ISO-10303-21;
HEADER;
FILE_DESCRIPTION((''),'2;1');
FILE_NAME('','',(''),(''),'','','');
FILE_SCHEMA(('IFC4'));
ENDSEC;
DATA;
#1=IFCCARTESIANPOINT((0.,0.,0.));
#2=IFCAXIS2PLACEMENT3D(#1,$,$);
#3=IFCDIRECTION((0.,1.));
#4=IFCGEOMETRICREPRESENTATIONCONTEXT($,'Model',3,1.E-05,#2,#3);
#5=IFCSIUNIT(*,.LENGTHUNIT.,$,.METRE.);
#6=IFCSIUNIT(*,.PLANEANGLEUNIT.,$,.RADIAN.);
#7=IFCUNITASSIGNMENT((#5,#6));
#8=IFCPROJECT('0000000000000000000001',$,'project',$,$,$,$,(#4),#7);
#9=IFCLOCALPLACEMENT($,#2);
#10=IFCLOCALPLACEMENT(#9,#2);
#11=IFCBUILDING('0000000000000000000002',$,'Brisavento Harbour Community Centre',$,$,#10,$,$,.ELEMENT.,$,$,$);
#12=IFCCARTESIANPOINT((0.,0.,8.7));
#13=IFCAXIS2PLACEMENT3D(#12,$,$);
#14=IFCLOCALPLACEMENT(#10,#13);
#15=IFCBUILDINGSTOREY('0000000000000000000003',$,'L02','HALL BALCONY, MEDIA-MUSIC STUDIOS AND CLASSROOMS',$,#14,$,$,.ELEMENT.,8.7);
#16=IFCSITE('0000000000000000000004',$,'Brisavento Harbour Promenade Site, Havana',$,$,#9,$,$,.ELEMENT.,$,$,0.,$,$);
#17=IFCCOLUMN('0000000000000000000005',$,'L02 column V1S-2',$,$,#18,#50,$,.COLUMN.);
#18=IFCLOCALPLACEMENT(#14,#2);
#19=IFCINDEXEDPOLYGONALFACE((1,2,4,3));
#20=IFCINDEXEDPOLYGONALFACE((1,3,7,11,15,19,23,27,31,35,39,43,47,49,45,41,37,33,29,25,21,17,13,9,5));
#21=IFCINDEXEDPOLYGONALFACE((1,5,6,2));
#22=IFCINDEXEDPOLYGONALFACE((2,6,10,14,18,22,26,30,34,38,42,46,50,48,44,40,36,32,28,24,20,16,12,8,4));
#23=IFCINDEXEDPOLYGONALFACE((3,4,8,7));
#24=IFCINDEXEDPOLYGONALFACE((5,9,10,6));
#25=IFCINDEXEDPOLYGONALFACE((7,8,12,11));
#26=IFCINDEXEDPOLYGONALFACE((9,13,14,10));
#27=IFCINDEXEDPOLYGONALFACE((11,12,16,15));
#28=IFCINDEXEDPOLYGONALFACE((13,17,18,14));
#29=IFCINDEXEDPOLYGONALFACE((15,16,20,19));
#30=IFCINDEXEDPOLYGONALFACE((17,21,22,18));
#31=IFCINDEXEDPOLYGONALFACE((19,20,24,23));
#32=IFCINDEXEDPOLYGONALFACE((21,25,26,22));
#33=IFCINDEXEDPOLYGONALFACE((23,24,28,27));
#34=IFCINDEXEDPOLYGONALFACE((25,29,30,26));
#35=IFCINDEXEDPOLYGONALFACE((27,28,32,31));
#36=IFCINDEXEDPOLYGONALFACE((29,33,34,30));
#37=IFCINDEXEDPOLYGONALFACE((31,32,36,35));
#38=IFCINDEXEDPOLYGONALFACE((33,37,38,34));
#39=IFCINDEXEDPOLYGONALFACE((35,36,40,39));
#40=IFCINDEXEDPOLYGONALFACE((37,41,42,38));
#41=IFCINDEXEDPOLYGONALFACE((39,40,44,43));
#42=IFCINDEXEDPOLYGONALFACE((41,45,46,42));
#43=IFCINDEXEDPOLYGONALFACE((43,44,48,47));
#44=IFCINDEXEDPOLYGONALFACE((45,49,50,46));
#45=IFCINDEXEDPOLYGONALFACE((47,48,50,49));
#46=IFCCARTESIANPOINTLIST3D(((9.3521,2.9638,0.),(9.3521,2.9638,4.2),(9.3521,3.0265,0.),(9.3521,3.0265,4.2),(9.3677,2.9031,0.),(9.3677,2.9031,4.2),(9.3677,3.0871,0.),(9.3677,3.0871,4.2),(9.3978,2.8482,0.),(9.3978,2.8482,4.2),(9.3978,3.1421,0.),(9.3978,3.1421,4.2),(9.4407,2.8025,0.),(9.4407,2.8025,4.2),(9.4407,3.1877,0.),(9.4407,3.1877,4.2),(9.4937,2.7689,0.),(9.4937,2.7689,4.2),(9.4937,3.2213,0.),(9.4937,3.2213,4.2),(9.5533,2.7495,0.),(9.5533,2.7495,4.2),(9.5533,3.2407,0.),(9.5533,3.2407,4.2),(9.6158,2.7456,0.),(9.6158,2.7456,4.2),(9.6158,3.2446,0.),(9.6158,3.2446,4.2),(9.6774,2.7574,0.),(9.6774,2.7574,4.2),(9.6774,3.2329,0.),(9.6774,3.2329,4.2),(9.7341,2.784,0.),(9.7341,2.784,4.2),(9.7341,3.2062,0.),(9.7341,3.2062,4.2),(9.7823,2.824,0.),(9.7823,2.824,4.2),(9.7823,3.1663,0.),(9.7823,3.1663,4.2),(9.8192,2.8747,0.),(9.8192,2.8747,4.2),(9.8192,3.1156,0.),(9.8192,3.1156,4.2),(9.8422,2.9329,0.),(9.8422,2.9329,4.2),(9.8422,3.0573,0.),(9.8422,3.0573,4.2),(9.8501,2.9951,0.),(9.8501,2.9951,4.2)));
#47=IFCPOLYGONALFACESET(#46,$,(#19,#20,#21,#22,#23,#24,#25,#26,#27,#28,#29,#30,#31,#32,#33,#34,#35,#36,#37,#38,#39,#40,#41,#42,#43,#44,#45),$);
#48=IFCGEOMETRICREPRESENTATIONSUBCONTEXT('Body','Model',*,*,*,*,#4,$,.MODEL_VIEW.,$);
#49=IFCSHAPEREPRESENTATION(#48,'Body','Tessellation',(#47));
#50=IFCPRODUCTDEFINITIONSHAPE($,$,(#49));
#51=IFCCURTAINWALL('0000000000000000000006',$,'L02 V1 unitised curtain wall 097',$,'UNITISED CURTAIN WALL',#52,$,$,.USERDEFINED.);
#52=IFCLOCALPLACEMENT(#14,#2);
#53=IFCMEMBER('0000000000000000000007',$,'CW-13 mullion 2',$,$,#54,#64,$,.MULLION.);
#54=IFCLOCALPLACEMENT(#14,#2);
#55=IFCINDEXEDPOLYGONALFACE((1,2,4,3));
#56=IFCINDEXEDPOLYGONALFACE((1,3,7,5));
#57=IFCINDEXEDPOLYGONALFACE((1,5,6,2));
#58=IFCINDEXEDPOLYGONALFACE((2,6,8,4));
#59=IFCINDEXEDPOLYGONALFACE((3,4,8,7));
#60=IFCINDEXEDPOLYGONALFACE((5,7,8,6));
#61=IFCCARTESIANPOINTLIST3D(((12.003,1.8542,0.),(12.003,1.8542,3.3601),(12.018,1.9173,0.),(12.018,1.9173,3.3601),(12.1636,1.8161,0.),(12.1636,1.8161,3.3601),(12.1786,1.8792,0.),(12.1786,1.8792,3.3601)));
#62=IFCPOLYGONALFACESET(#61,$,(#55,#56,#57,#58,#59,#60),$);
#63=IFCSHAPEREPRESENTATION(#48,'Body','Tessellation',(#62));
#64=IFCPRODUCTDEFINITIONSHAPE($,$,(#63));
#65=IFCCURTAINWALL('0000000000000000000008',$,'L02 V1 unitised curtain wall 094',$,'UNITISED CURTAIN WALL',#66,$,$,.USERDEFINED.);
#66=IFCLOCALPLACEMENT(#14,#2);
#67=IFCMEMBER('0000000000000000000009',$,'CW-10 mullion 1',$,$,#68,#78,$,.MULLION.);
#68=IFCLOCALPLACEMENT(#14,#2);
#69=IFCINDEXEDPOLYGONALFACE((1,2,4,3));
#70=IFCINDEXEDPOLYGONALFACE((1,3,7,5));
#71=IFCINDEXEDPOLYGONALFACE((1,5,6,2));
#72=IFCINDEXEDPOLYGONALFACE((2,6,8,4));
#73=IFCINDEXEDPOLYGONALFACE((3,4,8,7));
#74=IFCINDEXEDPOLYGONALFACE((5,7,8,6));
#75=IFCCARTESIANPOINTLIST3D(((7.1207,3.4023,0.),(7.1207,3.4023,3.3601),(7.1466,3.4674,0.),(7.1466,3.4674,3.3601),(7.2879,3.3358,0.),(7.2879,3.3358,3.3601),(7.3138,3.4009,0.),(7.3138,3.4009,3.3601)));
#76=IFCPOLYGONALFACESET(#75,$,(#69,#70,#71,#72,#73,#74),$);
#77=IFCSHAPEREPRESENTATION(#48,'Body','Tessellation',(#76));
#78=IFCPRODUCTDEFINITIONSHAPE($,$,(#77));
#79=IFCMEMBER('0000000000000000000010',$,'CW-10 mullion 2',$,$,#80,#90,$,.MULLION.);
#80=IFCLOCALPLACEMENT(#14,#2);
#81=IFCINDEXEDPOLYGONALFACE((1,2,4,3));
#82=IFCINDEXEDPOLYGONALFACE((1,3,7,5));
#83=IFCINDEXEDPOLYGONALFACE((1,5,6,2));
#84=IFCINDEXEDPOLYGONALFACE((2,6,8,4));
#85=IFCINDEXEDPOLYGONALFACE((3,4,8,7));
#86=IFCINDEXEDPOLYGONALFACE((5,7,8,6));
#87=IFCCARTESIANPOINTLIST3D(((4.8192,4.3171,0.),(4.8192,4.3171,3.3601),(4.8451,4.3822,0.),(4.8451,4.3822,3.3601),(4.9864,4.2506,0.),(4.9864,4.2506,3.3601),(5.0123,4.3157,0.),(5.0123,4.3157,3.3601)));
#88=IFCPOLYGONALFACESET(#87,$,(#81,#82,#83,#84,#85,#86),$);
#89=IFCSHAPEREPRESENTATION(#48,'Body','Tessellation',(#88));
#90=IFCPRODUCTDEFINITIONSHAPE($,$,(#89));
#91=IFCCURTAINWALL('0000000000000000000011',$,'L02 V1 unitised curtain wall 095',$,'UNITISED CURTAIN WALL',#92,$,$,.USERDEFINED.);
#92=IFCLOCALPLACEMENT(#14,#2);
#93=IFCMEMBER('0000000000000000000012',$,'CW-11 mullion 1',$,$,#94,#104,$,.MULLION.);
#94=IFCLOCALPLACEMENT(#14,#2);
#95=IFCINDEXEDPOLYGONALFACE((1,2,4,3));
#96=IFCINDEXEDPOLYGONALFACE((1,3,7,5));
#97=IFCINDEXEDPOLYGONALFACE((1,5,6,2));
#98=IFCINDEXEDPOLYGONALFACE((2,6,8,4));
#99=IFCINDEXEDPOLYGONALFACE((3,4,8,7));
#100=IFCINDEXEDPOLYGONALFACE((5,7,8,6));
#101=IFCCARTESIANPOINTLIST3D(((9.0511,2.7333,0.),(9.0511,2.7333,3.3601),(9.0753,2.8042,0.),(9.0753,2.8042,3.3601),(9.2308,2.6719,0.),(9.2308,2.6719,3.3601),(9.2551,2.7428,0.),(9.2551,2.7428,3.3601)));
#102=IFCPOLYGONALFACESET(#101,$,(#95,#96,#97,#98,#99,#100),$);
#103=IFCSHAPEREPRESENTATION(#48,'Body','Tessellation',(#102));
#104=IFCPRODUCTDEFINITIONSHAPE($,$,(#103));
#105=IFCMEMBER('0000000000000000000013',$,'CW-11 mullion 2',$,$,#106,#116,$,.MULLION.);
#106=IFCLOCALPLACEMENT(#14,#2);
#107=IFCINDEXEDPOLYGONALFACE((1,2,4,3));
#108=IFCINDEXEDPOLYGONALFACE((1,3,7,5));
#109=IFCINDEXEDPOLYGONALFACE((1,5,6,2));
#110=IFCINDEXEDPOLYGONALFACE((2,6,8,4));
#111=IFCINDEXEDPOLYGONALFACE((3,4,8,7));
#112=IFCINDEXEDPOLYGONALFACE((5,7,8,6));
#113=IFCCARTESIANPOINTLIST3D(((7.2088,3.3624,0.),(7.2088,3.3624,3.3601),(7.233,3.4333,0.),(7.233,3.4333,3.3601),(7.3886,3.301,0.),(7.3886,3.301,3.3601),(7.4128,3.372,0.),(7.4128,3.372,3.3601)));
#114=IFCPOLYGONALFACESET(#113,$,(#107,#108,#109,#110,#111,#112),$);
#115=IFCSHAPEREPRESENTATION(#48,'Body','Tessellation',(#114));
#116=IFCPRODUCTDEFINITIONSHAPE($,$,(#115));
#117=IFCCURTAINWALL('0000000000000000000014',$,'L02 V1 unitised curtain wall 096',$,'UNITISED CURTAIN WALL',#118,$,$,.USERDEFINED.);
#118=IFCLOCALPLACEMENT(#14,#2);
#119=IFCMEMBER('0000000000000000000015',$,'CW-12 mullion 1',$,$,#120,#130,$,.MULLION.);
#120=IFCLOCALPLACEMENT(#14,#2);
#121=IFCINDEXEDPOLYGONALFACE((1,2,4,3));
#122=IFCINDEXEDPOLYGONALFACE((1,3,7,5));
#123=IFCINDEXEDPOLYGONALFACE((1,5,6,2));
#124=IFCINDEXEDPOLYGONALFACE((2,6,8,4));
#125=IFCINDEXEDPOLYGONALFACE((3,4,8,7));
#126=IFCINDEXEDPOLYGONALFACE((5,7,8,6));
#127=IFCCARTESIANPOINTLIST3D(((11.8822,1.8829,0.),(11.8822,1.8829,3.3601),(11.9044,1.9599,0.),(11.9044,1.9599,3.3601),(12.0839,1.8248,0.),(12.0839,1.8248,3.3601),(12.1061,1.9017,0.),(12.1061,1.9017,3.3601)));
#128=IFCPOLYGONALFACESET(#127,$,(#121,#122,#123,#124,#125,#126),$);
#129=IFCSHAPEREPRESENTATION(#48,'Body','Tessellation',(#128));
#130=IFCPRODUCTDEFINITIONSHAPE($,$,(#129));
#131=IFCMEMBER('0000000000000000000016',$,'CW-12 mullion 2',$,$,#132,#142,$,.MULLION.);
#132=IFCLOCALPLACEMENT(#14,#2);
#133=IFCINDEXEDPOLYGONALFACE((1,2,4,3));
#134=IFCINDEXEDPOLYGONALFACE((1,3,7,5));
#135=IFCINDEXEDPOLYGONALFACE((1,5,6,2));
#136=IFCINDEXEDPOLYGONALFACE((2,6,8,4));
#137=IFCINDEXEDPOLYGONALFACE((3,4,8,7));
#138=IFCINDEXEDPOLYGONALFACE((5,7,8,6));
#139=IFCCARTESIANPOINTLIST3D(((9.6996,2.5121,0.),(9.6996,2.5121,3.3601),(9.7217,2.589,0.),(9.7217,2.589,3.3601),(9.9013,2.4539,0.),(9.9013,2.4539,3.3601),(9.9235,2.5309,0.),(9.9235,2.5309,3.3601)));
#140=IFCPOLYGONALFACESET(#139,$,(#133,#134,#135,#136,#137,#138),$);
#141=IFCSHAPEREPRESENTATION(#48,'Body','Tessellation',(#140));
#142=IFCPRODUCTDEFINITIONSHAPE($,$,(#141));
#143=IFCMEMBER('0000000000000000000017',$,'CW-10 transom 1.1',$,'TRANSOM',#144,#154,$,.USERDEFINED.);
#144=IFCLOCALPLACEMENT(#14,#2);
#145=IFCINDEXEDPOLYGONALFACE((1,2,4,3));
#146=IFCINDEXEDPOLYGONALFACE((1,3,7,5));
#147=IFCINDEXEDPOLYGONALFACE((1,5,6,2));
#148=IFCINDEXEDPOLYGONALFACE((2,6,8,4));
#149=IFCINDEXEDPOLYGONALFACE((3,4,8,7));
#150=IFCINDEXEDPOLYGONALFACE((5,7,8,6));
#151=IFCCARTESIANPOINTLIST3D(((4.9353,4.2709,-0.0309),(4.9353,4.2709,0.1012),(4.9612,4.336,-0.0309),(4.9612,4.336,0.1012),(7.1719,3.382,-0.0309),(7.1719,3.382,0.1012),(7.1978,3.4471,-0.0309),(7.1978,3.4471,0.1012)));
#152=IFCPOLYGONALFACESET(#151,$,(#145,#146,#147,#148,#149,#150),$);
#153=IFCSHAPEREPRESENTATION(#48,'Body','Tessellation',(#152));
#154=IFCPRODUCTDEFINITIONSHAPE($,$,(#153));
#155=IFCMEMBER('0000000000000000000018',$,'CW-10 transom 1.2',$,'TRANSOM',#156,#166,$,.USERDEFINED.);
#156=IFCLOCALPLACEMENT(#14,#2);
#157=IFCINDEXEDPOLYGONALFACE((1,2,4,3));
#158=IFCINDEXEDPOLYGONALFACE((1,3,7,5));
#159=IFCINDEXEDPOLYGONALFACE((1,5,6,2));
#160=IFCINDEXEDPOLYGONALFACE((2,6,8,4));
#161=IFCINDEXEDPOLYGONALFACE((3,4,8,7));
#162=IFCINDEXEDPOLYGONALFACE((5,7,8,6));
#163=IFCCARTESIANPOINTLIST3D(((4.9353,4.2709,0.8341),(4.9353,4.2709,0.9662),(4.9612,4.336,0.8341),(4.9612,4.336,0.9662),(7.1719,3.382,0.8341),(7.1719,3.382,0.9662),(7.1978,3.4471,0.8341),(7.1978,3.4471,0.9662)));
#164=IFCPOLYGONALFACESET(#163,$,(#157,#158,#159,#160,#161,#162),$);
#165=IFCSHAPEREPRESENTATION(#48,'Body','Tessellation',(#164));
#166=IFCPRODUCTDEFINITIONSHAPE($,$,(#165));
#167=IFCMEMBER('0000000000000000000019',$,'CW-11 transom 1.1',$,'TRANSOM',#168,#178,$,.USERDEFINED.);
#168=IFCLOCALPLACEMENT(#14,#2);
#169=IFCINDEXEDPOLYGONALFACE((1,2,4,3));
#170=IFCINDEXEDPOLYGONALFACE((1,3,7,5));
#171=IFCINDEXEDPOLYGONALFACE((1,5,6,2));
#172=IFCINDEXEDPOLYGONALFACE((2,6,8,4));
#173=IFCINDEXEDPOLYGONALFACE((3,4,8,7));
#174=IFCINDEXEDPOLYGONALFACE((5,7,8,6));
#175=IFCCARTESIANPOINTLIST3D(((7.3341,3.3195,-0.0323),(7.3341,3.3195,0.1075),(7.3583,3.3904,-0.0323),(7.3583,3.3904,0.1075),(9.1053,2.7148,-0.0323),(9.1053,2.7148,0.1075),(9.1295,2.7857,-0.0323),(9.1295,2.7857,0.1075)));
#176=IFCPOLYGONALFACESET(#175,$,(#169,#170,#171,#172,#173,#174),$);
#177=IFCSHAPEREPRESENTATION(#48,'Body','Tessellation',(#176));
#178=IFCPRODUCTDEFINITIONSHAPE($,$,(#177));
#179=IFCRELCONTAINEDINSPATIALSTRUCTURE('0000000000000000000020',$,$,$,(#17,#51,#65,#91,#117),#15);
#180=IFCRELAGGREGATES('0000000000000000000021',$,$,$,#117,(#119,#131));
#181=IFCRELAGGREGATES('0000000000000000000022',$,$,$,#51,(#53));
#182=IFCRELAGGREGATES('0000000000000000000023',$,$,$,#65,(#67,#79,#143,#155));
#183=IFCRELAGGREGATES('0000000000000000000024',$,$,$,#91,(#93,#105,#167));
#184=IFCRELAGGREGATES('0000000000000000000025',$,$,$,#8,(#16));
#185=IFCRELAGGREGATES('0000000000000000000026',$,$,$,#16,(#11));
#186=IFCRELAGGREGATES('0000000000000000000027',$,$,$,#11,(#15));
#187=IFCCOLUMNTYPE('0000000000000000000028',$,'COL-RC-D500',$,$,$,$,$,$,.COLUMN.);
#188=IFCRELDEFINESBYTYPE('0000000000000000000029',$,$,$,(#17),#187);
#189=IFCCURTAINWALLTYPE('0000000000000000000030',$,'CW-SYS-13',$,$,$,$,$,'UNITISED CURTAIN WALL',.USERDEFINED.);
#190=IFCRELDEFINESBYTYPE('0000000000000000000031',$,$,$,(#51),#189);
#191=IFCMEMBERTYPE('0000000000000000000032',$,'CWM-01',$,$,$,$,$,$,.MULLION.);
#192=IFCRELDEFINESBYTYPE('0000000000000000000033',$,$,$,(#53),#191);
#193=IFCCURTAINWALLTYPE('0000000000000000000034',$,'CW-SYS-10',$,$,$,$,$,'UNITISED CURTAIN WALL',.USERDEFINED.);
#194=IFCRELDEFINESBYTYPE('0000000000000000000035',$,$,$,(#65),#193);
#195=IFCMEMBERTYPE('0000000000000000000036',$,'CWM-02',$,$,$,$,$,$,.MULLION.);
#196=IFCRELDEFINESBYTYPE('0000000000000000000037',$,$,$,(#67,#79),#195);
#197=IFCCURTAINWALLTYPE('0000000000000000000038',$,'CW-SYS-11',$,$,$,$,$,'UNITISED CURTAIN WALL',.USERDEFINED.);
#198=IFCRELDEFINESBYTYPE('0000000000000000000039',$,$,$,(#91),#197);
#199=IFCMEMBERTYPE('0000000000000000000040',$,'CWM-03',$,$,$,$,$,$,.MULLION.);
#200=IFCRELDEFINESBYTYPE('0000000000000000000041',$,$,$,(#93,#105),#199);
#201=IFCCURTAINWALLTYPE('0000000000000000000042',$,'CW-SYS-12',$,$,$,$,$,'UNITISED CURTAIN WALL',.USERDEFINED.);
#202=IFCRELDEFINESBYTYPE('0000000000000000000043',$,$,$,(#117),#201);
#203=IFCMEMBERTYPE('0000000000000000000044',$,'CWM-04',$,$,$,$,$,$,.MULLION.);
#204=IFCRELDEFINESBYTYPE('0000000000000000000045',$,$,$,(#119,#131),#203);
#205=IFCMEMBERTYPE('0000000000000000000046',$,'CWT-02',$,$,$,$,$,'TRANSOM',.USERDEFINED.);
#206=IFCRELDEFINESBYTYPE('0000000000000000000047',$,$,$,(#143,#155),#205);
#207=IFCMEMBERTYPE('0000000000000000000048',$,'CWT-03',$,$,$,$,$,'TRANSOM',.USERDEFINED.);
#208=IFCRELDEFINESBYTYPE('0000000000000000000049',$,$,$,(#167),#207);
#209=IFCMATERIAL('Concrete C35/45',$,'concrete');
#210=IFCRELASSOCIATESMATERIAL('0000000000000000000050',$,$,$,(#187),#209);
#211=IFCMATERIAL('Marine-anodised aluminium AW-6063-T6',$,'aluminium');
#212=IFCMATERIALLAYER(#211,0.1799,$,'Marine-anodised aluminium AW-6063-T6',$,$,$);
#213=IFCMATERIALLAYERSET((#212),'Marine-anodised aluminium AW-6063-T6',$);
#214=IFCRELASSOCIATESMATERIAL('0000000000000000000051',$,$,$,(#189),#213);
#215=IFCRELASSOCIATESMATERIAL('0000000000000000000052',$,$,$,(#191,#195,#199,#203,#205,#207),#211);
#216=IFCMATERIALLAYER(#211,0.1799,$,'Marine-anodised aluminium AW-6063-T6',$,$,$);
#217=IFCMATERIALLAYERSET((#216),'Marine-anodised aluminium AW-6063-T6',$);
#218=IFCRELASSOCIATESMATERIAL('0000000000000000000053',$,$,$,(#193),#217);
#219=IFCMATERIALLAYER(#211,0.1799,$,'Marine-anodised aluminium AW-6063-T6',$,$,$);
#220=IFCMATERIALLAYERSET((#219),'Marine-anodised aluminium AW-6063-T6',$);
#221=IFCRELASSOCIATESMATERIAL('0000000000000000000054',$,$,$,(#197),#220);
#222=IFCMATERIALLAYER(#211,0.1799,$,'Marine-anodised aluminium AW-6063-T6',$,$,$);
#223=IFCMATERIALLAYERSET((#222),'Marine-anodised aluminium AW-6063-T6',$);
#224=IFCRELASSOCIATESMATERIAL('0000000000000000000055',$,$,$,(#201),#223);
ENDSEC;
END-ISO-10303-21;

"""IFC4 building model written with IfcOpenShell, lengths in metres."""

from ifc_helpers import new_model, si_unit, direction, frame, origin, origin_2d, place, context, subcontext, project, spatial, rectangle, circle, extrude, material, layer, layer_set, material_profile, profile_set, type_object, element, aggregate, save


model = new_model("IFC4")

# Units and contexts
model_context = context("Model", 3, precision=1e-05, world=origin(), true_north=direction((0.0, 1.0)))
body_context = subcontext(model_context, "Body", "Model", "MODEL_VIEW")
ifc_project = project(units=[si_unit("LENGTHUNIT", "METRE"), si_unit("PLANEANGLEUNIT", "RADIAN")], contexts=[model_context])

# Site, building, storey
site_placement = place(None, origin())
site = spatial("IfcSite", under=ifc_project, at=site_placement, Name="Brisavento Harbour Promenade Site, Havana", CompositionType="ELEMENT", RefElevation=0.0)
building_placement = place(site_placement, origin())
building = spatial("IfcBuilding", under=site, at=building_placement, Name="Brisavento Harbour Community Centre", CompositionType="ELEMENT")
storey_placement = place(building_placement, frame((0.0, 0.0, 8.7)))
storey = spatial("IfcBuildingStorey", under=building, at=storey_placement, Name="L02", Description="HALL BALCONY, MEDIA-MUSIC STUDIOS AND CLASSROOMS", CompositionType="ELEMENT", Elevation=8.7)

# Column
ifc_material_1 = material(Name="Concrete C35/45", Category="concrete")
ifc_material_profile_1 = material_profile(ifc_material_1, circle(Radius=0.25, at=origin_2d()), Name="Concrete C35/45")
ifc_profile_set_1 = profile_set([ifc_material_profile_1], Name="Concrete C35/45")
column_type = type_object("IfcColumnType", Name="COL-RC-D500", PredefinedType="COLUMN", material=ifc_profile_set_1)
column_placement = place(storey_placement, frame((9.6001, 2.9951, 0.0), z_axis=(0.0, 0.0, 1.0), x_axis=(1.0, 0.0, 0.0)))
element("IfcColumn", 1, at=column_placement, inside=storey, type_object=column_type, Name="L02 column V1S-2", PredefinedType="COLUMN", context=body_context, shape_type="SweptSolid", body=[
    extrude(circle(Radius=0.25, at=origin_2d()), origin(), (0.0, 0.0, 1.0), 4.2),
])

# Curtain wall, member
ifc_material_2 = material(Name="Marine-anodised aluminium AW-6063-T6", Category="aluminium")
ifc_layer_1 = layer(ifc_material_2, 0.1799, Name="Marine-anodised aluminium AW-6063-T6")
ifc_layer_set_1 = layer_set([ifc_layer_1], Name="Marine-anodised aluminium AW-6063-T6")
curtain_wall_type_1 = type_object("IfcCurtainWallType", Name="CW-SYS-13", ElementType="UNITISED CURTAIN WALL", PredefinedType="USERDEFINED", material=ifc_layer_set_1)
curtain_wall_1_placement = place(storey_placement, origin())
curtain_wall_1 = element("IfcCurtainWall", 2, at=curtain_wall_1_placement, inside=storey, type_object=curtain_wall_type_1, Name="L02 V1 unitised curtain wall 097", ObjectType="UNITISED CURTAIN WALL", PredefinedType="USERDEFINED")
ifc_material_profile_2 = material_profile(ifc_material_2, rectangle(XDim=0.0649, YDim=0.165, at=origin_2d()), Name="Marine-anodised aluminium AW-6063-T6")
ifc_profile_set_2 = profile_set([ifc_material_profile_2], Name="Marine-anodised aluminium AW-6063-T6")
member_type_1 = type_object("IfcMemberType", Name="CWM-01", PredefinedType="MULLION", material=ifc_profile_set_2)
member_1_placement = place(storey_placement, frame((12.0908, 1.8667, 0.0), z_axis=(0.0, 0.0, 1.0), x_axis=(-0.230812, -0.972998, 0.0)))
member_1 = element("IfcMember", 3, at=member_1_placement, type_object=member_type_1, Name="CW-13 mullion 2", PredefinedType="MULLION", context=body_context, shape_type="SweptSolid", body=[
    extrude(rectangle(XDim=0.0649, YDim=0.165, at=origin_2d()), origin(), (0.0, 0.0, 1.0), 3.3601),
])

# Curtain walls, members
ifc_layer_2 = layer(ifc_material_2, 0.1799, Name="Marine-anodised aluminium AW-6063-T6")
ifc_layer_set_2 = layer_set([ifc_layer_2], Name="Marine-anodised aluminium AW-6063-T6")
curtain_wall_type_2 = type_object("IfcCurtainWallType", Name="CW-SYS-10", ElementType="UNITISED CURTAIN WALL", PredefinedType="USERDEFINED", material=ifc_layer_set_2)
curtain_wall_2_placement = place(storey_placement, origin())
curtain_wall_2 = element("IfcCurtainWall", 4, at=curtain_wall_2_placement, inside=storey, type_object=curtain_wall_type_2, Name="L02 V1 unitised curtain wall 094", ObjectType="UNITISED CURTAIN WALL", PredefinedType="USERDEFINED")
ifc_material_profile_3 = material_profile(ifc_material_2, rectangle(XDim=0.0701, YDim=0.1799, at=origin_2d()), Name="Marine-anodised aluminium AW-6063-T6")
ifc_profile_set_3 = profile_set([ifc_material_profile_3], Name="Marine-anodised aluminium AW-6063-T6")
member_type_2 = type_object("IfcMemberType", Name="CWM-02", PredefinedType="MULLION", material=ifc_profile_set_3)
member_2_placement = place(storey_placement, frame((7.2173, 3.4016, 0.0), z_axis=(0.0, 0.0, 1.0), x_axis=(-0.369379, -0.929279, 0.0)))
member_2 = element("IfcMember", 5, at=member_2_placement, type_object=member_type_2, Name="CW-10 mullion 1", PredefinedType="MULLION", context=body_context, shape_type="SweptSolid", body=[
    extrude(rectangle(XDim=0.0701, YDim=0.1799, at=origin_2d()), origin(), (0.0, 0.0, 1.0), 3.3601),
])
member_3_placement = place(storey_placement, frame((4.9158, 4.3164, 0.0), z_axis=(0.0, 0.0, 1.0), x_axis=(-0.369379, -0.929279, 0.0)))
member_3 = element("IfcMember", 6, at=member_3_placement, type_object=member_type_2, Name="CW-10 mullion 2", PredefinedType="MULLION", context=body_context, shape_type="SweptSolid", body=[
    extrude(rectangle(XDim=0.0701, YDim=0.1799, at=origin_2d()), origin(), (0.0, 0.0, 1.0), 3.3601),
])
ifc_layer_3 = layer(ifc_material_2, 0.1799, Name="Marine-anodised aluminium AW-6063-T6")
ifc_layer_set_3 = layer_set([ifc_layer_3], Name="Marine-anodised aluminium AW-6063-T6")
curtain_wall_type_3 = type_object("IfcCurtainWallType", Name="CW-SYS-11", ElementType="UNITISED CURTAIN WALL", PredefinedType="USERDEFINED", material=ifc_layer_set_3)
curtain_wall_3_placement = place(storey_placement, origin())
curtain_wall_3 = element("IfcCurtainWall", 7, at=curtain_wall_3_placement, inside=storey, type_object=curtain_wall_type_3, Name="L02 V1 unitised curtain wall 095", ObjectType="UNITISED CURTAIN WALL", PredefinedType="USERDEFINED")
ifc_material_profile_4 = material_profile(ifc_material_2, rectangle(XDim=0.075, YDim=0.1899, at=origin_2d()), Name="Marine-anodised aluminium AW-6063-T6")
ifc_profile_set_4 = profile_set([ifc_material_profile_4], Name="Marine-anodised aluminium AW-6063-T6")
member_type_3 = type_object("IfcMemberType", Name="CWM-03", PredefinedType="MULLION", material=ifc_profile_set_4)
member_4_placement = place(storey_placement, frame((9.1531, 2.738, 0.0), z_axis=(0.0, 0.0, 1.0), x_axis=(-0.323178, -0.946338, 0.0)))
member_4 = element("IfcMember", 8, at=member_4_placement, type_object=member_type_3, Name="CW-11 mullion 1", PredefinedType="MULLION", context=body_context, shape_type="SweptSolid", body=[
    extrude(rectangle(XDim=0.075, YDim=0.1899, at=origin_2d()), origin(), (0.0, 0.0, 1.0), 3.3601),
])
member_5_placement = place(storey_placement, frame((7.3108, 3.3672, 0.0), z_axis=(0.0, 0.0, 1.0), x_axis=(-0.323178, -0.946338, 0.0)))
member_5 = element("IfcMember", 9, at=member_5_placement, type_object=member_type_3, Name="CW-11 mullion 2", PredefinedType="MULLION", context=body_context, shape_type="SweptSolid", body=[
    extrude(rectangle(XDim=0.075, YDim=0.1899, at=origin_2d()), origin(), (0.0, 0.0, 1.0), 3.3601),
])
ifc_layer_4 = layer(ifc_material_2, 0.1799, Name="Marine-anodised aluminium AW-6063-T6")
ifc_layer_set_4 = layer_set([ifc_layer_4], Name="Marine-anodised aluminium AW-6063-T6")
curtain_wall_type_4 = type_object("IfcCurtainWallType", Name="CW-SYS-12", ElementType="UNITISED CURTAIN WALL", PredefinedType="USERDEFINED", material=ifc_layer_set_4)
curtain_wall_4_placement = place(storey_placement, origin())
curtain_wall_4 = element("IfcCurtainWall", 10, at=curtain_wall_4_placement, inside=storey, type_object=curtain_wall_type_4, Name="L02 V1 unitised curtain wall 096", ObjectType="UNITISED CURTAIN WALL", PredefinedType="USERDEFINED")
ifc_material_profile_5 = material_profile(ifc_material_2, rectangle(XDim=0.0801, YDim=0.21, at=origin_2d()), Name="Marine-anodised aluminium AW-6063-T6")
ifc_profile_set_5 = profile_set([ifc_material_profile_5], Name="Marine-anodised aluminium AW-6063-T6")
member_type_4 = type_object("IfcMemberType", Name="CWM-04", PredefinedType="MULLION", material=ifc_profile_set_5)
member_6_placement = place(storey_placement, frame((11.9941, 1.8923, 0.0), z_axis=(0.0, 0.0, 1.0), x_axis=(-0.277012, -0.960866, 0.0)))
member_6 = element("IfcMember", 11, at=member_6_placement, type_object=member_type_4, Name="CW-12 mullion 1", PredefinedType="MULLION", context=body_context, shape_type="SweptSolid", body=[
    extrude(rectangle(XDim=0.0801, YDim=0.21, at=origin_2d()), origin(), (0.0, 0.0, 1.0), 3.3601),
])
member_7_placement = place(storey_placement, frame((9.8115, 2.5215, 0.0), z_axis=(0.0, 0.0, 1.0), x_axis=(-0.277012, -0.960866, 0.0)))
member_7 = element("IfcMember", 12, at=member_7_placement, type_object=member_type_4, Name="CW-12 mullion 2", PredefinedType="MULLION", context=body_context, shape_type="SweptSolid", body=[
    extrude(rectangle(XDim=0.0801, YDim=0.21, at=origin_2d()), origin(), (0.0, 0.0, 1.0), 3.3601),
])

# Members
ifc_material_profile_6 = material_profile(ifc_material_2, rectangle(XDim=0.0701, YDim=0.1321, at=origin_2d()), Name="Marine-anodised aluminium AW-6063-T6")
ifc_profile_set_6 = profile_set([ifc_material_profile_6], Name="Marine-anodised aluminium AW-6063-T6")
member_type_5 = type_object("IfcMemberType", Name="CWT-02", ElementType="TRANSOM", PredefinedType="USERDEFINED", material=ifc_profile_set_6)
member_8_placement = place(storey_placement, frame((7.1848, 3.4146, 0.0352), z_axis=(-0.929293, 0.369343, 0.0), x_axis=(-0.369343, -0.929293, 0.0)))
member_8 = element("IfcMember", 13, at=member_8_placement, type_object=member_type_5, Name="CW-10 transom 1.1", ObjectType="TRANSOM", PredefinedType="USERDEFINED", context=body_context, shape_type="SweptSolid", body=[
    extrude(rectangle(XDim=0.0701, YDim=0.1321, at=origin_2d()), origin(), (0.0, 0.0, 1.0), 2.4067),
])
member_9_placement = place(storey_placement, frame((7.1848, 3.4146, 0.9001), z_axis=(-0.929293, 0.369343, 0.0), x_axis=(-0.369343, -0.929293, 0.0)))
member_9 = element("IfcMember", 14, at=member_9_placement, type_object=member_type_5, Name="CW-10 transom 1.2", ObjectType="TRANSOM", PredefinedType="USERDEFINED", context=body_context, shape_type="SweptSolid", body=[
    extrude(rectangle(XDim=0.0701, YDim=0.1321, at=origin_2d()), origin(), (0.0, 0.0, 1.0), 2.4067),
])
ifc_material_profile_7 = material_profile(ifc_material_2, rectangle(XDim=0.075, YDim=0.1399, at=origin_2d()), Name="Marine-anodised aluminium AW-6063-T6")
ifc_profile_set_7 = profile_set([ifc_material_profile_7], Name="Marine-anodised aluminium AW-6063-T6")
member_type_6 = type_object("IfcMemberType", Name="CWT-03", ElementType="TRANSOM", PredefinedType="USERDEFINED", material=ifc_profile_set_7)
member_10_placement = place(storey_placement, frame((9.1174, 2.7502, 0.0376), z_axis=(-0.946363, 0.323107, 0.0), x_axis=(-0.323107, -0.946363, 0.0)))
member_10 = element("IfcMember", 15, at=member_10_placement, type_object=member_type_6, Name="CW-11 transom 1.1", ObjectType="TRANSOM", PredefinedType="USERDEFINED", context=body_context, shape_type="SweptSolid", body=[
    extrude(rectangle(XDim=0.075, YDim=0.1399, at=origin_2d()), origin(), (0.0, 0.0, 1.0), 1.8716),
])

aggregate(curtain_wall_4, [member_6, member_7])
aggregate(curtain_wall_1, [member_1])
aggregate(curtain_wall_2, [member_2, member_3, member_8, member_9])
aggregate(curtain_wall_3, [member_4, member_5, member_10])

save(model, "model.ifc")
